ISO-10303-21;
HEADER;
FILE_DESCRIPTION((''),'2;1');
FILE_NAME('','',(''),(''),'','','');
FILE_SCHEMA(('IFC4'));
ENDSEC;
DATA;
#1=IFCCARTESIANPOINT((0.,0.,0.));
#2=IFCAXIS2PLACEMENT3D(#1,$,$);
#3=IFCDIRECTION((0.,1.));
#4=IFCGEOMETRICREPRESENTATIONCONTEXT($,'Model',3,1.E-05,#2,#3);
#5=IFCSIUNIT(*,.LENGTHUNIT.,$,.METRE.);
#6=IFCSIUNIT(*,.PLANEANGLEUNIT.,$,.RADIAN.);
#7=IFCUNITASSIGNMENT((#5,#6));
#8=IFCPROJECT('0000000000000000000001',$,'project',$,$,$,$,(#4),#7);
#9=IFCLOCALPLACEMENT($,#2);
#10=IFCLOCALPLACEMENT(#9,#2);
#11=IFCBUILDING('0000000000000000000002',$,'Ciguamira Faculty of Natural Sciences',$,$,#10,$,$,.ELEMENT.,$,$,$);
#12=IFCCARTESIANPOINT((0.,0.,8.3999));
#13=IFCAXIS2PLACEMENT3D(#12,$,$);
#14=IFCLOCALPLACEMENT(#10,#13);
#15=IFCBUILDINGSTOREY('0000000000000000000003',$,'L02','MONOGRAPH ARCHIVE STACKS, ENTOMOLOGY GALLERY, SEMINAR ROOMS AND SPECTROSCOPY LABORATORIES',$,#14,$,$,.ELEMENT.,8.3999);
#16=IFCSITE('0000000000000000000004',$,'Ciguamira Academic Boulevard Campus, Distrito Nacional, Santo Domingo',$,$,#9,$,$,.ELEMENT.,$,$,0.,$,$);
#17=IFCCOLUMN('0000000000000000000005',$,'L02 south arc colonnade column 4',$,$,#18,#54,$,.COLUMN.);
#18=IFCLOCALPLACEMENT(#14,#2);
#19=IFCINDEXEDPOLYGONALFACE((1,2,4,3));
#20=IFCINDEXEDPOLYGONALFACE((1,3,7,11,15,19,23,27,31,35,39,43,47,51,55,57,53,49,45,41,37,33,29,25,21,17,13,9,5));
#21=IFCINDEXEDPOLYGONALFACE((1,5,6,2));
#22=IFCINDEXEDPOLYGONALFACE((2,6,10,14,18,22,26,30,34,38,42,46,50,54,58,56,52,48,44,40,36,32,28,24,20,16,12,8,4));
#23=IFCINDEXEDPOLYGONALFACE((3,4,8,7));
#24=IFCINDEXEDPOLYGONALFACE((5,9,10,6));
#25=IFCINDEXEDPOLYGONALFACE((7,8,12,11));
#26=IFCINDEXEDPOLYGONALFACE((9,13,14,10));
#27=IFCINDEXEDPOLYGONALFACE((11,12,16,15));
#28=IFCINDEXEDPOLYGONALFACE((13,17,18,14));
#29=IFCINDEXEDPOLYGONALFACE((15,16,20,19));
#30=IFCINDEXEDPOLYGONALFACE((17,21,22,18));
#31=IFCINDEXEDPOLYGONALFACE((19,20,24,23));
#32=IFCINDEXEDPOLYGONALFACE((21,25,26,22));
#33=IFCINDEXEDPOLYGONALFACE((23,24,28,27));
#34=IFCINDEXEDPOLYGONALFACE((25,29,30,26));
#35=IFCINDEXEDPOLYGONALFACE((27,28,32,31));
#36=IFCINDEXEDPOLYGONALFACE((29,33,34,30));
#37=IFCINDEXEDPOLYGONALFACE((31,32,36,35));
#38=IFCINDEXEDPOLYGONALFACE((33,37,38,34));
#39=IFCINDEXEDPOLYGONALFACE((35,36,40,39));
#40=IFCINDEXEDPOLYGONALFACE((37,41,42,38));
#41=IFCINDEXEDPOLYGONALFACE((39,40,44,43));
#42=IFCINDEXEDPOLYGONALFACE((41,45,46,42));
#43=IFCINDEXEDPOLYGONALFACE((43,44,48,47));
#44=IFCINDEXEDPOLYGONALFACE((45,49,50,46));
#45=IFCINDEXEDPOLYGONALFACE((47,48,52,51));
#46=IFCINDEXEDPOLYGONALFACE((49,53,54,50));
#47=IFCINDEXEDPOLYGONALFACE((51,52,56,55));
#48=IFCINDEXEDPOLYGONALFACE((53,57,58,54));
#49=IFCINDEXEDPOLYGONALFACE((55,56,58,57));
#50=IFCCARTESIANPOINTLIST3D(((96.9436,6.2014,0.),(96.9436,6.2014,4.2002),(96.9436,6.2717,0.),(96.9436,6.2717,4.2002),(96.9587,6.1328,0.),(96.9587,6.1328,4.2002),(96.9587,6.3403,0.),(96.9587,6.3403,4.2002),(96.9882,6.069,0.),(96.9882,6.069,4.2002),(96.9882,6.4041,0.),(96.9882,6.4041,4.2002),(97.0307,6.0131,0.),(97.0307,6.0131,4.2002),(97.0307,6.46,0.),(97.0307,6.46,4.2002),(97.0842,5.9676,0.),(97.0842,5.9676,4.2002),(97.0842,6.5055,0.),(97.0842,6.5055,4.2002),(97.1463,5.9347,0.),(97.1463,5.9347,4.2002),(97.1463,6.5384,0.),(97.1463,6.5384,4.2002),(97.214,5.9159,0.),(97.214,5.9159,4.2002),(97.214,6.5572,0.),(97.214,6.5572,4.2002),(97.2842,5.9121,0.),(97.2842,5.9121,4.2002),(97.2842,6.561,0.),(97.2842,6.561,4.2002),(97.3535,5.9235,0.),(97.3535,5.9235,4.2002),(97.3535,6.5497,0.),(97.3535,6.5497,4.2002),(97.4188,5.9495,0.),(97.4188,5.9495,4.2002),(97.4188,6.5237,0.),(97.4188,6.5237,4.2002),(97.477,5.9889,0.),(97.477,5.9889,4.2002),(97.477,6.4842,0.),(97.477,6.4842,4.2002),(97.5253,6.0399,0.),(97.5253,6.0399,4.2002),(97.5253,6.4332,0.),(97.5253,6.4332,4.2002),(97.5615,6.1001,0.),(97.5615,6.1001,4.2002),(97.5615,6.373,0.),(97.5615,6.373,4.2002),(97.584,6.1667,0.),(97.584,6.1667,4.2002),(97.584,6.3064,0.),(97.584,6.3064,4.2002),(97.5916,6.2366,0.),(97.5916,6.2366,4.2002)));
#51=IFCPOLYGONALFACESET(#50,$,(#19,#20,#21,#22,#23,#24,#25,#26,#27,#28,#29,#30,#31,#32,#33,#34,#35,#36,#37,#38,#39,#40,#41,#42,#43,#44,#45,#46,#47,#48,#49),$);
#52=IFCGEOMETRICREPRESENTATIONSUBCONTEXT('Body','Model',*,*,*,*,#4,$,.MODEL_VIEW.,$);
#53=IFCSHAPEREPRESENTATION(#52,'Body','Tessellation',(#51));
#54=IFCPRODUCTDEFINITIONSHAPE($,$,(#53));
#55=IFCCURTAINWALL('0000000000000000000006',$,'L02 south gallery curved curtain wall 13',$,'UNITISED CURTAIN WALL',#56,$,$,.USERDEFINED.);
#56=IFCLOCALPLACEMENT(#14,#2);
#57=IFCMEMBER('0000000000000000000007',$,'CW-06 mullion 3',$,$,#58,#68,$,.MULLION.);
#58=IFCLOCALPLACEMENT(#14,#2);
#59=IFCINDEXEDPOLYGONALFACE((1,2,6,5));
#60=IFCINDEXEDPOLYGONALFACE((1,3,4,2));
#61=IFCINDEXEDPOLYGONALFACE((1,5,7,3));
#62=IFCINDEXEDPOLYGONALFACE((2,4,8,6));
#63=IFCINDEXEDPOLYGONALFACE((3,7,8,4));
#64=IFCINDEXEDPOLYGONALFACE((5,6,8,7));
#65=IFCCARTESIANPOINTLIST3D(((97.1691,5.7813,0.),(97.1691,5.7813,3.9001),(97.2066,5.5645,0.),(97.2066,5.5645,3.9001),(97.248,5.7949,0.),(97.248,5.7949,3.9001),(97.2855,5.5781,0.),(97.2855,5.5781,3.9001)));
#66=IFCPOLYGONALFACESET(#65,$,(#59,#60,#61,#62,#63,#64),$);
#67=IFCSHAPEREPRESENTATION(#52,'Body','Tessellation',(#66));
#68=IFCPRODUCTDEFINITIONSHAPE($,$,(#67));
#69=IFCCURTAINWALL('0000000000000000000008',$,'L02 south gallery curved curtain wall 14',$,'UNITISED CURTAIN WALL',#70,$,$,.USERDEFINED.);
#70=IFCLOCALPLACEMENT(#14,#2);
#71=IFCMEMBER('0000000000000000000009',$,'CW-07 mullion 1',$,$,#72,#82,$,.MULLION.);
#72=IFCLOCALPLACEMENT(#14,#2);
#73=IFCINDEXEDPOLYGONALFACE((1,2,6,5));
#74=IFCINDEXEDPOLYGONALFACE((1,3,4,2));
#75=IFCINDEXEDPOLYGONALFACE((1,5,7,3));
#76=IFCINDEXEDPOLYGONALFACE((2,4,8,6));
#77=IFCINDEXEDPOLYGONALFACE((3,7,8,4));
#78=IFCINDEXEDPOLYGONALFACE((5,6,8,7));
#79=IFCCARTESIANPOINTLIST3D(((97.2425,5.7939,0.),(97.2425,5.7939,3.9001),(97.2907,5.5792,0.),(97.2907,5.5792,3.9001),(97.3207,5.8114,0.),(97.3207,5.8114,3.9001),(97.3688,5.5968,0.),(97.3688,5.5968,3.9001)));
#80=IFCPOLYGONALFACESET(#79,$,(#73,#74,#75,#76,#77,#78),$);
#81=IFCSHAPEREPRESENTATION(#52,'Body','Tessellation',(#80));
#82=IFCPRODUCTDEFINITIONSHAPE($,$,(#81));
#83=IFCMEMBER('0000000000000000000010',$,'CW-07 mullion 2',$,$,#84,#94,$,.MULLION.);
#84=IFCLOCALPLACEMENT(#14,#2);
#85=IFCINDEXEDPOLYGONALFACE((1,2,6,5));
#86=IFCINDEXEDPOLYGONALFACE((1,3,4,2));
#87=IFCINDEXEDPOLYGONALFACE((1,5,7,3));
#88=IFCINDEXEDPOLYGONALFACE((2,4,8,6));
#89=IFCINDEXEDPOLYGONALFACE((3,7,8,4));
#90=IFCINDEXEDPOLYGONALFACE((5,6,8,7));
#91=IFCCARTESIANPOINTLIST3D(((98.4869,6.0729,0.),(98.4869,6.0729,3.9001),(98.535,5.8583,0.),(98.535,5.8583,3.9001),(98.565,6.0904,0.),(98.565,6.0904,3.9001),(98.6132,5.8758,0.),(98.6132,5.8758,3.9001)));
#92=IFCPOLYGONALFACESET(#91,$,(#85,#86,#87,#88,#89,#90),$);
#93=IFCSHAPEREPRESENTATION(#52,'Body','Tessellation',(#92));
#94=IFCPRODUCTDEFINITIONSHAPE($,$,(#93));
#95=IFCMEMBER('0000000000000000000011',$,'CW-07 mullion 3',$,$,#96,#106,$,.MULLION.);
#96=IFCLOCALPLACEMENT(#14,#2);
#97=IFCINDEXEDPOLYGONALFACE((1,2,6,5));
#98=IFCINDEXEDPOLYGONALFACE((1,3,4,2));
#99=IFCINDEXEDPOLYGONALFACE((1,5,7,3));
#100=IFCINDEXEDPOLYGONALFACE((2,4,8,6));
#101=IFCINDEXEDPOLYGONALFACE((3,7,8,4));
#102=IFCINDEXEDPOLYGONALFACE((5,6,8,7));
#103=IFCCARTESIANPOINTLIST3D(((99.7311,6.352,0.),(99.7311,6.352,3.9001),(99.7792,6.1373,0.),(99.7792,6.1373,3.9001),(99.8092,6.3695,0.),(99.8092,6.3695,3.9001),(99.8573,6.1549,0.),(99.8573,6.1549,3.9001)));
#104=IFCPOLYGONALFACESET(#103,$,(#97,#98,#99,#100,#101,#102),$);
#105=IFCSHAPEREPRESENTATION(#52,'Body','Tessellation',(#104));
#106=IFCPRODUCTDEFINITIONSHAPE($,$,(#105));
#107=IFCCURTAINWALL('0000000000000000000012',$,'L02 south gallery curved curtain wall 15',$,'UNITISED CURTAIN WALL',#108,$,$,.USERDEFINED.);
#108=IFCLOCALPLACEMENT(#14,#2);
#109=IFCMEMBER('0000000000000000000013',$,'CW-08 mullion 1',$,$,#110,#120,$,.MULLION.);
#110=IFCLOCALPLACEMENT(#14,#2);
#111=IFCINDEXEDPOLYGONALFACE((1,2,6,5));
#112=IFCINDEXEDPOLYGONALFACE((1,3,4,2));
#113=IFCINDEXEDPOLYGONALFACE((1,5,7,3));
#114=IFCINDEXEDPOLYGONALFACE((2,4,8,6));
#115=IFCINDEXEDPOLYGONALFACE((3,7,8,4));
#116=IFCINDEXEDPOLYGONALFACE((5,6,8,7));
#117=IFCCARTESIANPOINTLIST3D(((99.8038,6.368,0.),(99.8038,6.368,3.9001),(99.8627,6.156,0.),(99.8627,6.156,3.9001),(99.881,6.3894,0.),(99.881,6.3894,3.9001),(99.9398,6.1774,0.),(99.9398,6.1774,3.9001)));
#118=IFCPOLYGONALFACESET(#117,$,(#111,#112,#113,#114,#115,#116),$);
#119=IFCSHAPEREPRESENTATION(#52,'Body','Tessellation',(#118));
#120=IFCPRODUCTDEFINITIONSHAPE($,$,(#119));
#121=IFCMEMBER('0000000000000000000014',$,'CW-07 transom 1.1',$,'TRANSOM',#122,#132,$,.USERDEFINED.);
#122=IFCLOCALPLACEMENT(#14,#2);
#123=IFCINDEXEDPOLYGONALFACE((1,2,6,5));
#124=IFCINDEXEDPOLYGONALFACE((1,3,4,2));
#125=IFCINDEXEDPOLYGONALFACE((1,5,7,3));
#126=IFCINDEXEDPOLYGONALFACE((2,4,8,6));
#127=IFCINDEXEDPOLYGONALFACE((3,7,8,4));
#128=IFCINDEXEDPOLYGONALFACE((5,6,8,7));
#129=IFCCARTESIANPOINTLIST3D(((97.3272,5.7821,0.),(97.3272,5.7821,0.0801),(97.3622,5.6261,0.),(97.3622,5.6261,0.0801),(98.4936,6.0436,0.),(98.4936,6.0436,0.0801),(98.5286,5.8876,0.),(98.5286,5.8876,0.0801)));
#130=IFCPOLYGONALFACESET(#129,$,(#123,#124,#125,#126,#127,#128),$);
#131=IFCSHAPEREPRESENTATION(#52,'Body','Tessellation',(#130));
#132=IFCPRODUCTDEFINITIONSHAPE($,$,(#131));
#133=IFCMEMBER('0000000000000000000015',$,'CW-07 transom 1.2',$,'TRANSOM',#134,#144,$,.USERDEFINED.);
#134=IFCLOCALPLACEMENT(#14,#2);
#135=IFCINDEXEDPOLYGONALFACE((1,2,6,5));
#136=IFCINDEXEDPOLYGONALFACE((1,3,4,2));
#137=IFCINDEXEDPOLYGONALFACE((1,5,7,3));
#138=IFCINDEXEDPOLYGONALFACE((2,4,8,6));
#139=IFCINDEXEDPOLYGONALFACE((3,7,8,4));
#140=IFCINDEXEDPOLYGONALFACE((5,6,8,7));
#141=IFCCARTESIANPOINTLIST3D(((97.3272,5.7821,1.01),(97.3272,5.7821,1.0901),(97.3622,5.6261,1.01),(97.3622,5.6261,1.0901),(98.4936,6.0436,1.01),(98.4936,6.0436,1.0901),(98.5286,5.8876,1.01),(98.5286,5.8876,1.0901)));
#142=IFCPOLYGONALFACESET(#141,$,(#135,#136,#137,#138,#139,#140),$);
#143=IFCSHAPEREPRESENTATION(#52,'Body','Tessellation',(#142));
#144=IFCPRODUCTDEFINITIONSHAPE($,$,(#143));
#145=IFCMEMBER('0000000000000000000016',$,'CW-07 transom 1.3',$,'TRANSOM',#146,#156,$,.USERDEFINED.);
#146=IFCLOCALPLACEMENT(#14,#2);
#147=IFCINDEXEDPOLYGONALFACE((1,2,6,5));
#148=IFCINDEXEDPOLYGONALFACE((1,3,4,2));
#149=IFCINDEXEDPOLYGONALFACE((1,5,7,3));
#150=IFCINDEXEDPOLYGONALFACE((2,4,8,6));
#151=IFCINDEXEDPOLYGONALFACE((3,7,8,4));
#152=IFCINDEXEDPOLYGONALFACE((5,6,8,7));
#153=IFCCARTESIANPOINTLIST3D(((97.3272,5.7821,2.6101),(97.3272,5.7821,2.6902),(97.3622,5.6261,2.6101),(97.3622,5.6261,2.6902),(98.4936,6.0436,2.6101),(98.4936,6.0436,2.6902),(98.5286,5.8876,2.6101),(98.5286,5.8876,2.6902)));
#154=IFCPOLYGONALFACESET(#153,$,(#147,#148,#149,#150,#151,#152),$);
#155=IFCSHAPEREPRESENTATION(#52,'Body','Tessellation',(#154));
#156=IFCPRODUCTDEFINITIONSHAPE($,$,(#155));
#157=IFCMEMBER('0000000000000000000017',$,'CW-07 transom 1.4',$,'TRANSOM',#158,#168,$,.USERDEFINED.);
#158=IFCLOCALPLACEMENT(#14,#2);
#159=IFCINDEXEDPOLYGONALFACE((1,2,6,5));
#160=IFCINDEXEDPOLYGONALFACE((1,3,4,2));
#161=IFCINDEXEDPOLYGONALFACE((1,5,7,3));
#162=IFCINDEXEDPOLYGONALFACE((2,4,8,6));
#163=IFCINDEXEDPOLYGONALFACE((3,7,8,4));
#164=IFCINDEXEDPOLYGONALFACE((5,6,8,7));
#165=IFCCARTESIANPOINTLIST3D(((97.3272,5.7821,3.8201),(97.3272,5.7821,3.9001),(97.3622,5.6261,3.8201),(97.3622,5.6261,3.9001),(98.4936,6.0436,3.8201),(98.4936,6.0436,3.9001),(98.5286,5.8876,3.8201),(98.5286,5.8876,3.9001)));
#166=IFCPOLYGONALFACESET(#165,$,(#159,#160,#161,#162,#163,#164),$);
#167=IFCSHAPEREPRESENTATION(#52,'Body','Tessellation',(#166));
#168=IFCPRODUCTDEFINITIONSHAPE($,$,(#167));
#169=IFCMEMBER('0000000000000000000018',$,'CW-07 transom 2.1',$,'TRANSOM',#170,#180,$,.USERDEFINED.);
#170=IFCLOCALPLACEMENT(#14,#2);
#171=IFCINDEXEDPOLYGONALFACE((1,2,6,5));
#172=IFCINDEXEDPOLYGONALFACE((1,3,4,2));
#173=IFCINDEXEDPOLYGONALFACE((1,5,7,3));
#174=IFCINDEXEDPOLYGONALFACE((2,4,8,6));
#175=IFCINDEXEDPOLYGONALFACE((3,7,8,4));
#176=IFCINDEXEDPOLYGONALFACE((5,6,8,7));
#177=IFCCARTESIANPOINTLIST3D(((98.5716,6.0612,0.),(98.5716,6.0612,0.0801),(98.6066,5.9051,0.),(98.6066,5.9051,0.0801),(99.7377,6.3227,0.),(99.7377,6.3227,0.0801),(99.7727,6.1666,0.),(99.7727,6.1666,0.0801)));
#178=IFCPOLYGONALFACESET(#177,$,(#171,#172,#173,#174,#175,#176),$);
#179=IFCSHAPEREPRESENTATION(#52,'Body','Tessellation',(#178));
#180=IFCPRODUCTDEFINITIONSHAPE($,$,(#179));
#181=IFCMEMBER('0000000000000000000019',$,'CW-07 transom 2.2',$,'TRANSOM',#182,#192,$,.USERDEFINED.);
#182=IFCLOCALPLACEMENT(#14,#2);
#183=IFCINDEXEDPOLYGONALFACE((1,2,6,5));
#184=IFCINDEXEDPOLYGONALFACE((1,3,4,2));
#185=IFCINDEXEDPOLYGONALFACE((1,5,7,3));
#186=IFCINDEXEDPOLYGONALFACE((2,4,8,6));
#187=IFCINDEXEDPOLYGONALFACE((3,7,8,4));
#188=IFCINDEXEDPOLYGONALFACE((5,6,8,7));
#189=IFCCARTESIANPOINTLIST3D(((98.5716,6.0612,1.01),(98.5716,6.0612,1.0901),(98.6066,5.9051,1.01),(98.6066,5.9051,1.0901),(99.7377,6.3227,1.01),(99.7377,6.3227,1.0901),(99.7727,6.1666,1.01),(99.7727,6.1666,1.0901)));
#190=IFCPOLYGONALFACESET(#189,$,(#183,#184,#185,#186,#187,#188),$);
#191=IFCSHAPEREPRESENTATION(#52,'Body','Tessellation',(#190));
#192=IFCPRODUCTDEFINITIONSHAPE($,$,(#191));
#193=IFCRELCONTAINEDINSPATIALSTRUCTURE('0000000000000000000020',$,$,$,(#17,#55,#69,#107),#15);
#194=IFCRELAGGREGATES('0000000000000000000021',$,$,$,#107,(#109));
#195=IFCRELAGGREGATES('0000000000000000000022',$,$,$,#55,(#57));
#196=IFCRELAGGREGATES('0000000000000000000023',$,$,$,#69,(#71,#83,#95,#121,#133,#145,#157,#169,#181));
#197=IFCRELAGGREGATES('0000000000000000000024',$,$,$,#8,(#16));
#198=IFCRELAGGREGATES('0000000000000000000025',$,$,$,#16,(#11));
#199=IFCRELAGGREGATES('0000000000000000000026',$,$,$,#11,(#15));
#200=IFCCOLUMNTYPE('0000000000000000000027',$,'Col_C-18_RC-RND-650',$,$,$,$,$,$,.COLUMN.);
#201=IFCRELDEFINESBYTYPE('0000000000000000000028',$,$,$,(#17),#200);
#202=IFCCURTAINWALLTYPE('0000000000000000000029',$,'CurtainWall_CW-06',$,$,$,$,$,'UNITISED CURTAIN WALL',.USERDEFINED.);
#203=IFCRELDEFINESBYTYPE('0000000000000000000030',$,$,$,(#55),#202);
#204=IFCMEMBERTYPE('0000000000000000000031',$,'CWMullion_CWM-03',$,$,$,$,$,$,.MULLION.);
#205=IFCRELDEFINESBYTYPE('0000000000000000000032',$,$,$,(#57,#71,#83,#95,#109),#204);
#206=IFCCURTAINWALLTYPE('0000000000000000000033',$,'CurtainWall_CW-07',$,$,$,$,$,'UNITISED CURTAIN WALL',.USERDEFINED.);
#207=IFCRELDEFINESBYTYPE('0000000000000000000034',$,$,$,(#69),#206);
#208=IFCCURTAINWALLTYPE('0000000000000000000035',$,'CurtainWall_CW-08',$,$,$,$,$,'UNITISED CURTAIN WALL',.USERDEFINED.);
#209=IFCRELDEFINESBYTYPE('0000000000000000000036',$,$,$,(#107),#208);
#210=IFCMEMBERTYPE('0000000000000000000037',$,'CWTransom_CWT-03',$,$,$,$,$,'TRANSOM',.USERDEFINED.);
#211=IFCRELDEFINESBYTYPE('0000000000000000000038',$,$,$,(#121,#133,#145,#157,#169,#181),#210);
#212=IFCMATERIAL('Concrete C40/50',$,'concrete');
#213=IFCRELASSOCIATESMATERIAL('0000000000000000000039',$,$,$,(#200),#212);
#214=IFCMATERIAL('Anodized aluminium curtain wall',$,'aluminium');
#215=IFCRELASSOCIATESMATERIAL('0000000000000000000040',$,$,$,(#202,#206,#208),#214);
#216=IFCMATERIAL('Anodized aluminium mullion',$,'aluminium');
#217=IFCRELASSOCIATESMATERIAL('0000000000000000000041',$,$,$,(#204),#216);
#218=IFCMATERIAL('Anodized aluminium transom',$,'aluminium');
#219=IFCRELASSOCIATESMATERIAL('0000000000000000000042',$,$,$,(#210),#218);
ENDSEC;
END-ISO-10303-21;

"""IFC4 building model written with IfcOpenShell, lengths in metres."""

from ifc_helpers import new_model, si_unit, direction, frame, origin, origin_2d, place, context, subcontext, project, spatial, rectangle, circle, extrude, material, material_profile, profile_set, type_object, element, aggregate, save


model = new_model("IFC4")

# Units and contexts
model_context = context("Model", 3, precision=1e-05, world=origin(), true_north=direction((0.0, 1.0)))
body_context = subcontext(model_context, "Body", "Model", "MODEL_VIEW")
ifc_project = project(units=[si_unit("LENGTHUNIT", "METRE"), si_unit("PLANEANGLEUNIT", "RADIAN")], contexts=[model_context])

# Site, building, storey
site_placement = place(None, origin())
site = spatial("IfcSite", under=ifc_project, at=site_placement, Name="Ciguamira Academic Boulevard Campus, Distrito Nacional, Santo Domingo", CompositionType="ELEMENT", RefElevation=0.0)
building_placement = place(site_placement, origin())
building = spatial("IfcBuilding", under=site, at=building_placement, Name="Ciguamira Faculty of Natural Sciences", CompositionType="ELEMENT")
storey_placement = place(building_placement, frame((0.0, 0.0, 8.3999)))
storey = spatial("IfcBuildingStorey", under=building, at=storey_placement, Name="L02", Description="MONOGRAPH ARCHIVE STACKS, ENTOMOLOGY GALLERY, SEMINAR ROOMS AND SPECTROSCOPY LABORATORIES", CompositionType="ELEMENT", Elevation=8.3999)

# Column
ifc_material_1 = material(Name="Concrete C40/50", Category="concrete")
ifc_material_profile_1 = material_profile(ifc_material_1, circle(Radius=0.325, at=origin_2d()), Name="RC-RND-650")
ifc_profile_set_1 = profile_set([ifc_material_profile_1], Name="Concrete C40/50")
column_type = type_object("IfcColumnType", Name="Col_C-18_RC-RND-650", PredefinedType="COLUMN", material=ifc_profile_set_1)
column_placement = place(storey_placement, frame((97.2666, 6.2366, 0.0), z_axis=(0.0, 0.0, 1.0), x_axis=(1.0, 0.0, 0.0)))
element("IfcColumn", 1, at=column_placement, inside=storey, type_object=column_type, Name="L02 south arc colonnade column 4", PredefinedType="COLUMN", context=body_context, shape_type="SweptSolid", body=[
    extrude(circle(Radius=0.325, at=origin_2d()), origin(), (0.0, 0.0, 1.0), 4.2002),
])

# Curtain wall, member
ifc_material_2 = material(Name="Anodized aluminium curtain wall", Category="aluminium")
curtain_wall_type_1 = type_object("IfcCurtainWallType", Name="CurtainWall_CW-06", ElementType="UNITISED CURTAIN WALL", PredefinedType="USERDEFINED", material=ifc_material_2)
curtain_wall_1_placement = place(storey_placement, origin())
curtain_wall_1 = element("IfcCurtainWall", 2, at=curtain_wall_1_placement, inside=storey, type_object=curtain_wall_type_1, Name="L02 south gallery curved curtain wall 13", ObjectType="UNITISED CURTAIN WALL", PredefinedType="USERDEFINED")
ifc_material_3 = material(Name="Anodized aluminium mullion", Category="aluminium")
ifc_material_profile_2 = material_profile(ifc_material_3, rectangle(XDim=0.0801, YDim=0.22, at=origin_2d()), Name="ALU-MUL-80X220")
ifc_profile_set_2 = profile_set([ifc_material_profile_2], Name="Anodized aluminium mullion")
member_type_1 = type_object("IfcMemberType", Name="CWMullion_CWM-03", PredefinedType="MULLION", material=ifc_profile_set_2)
member_1_placement = place(storey_placement, frame((97.2273, 5.6797, 0.0), z_axis=(0.0, 0.0, 1.0), x_axis=(0.985411, 0.170192, 0.0)))
member_1 = element("IfcMember", 3, at=member_1_placement, type_object=member_type_1, Name="CW-06 mullion 3", PredefinedType="MULLION", context=body_context, shape_type="SweptSolid", body=[
    extrude(rectangle(XDim=0.0801, YDim=0.22, at=origin_2d()), origin(), (0.0, 0.0, 1.0), 3.9001),
])

# Curtain wall, members
curtain_wall_type_2 = type_object("IfcCurtainWallType", Name="CurtainWall_CW-07", ElementType="UNITISED CURTAIN WALL", PredefinedType="USERDEFINED", material=ifc_material_2)
curtain_wall_2_placement = place(storey_placement, origin())
curtain_wall_2 = element("IfcCurtainWall", 4, at=curtain_wall_2_placement, inside=storey, type_object=curtain_wall_type_2, Name="L02 south gallery curved curtain wall 14", ObjectType="UNITISED CURTAIN WALL", PredefinedType="USERDEFINED")
member_2_placement = place(storey_placement, frame((97.3057, 5.6953, 0.0), z_axis=(0.0, 0.0, 1.0), x_axis=(0.975763, 0.21883, 0.0)))
member_2 = element("IfcMember", 5, at=member_2_placement, type_object=member_type_1, Name="CW-07 mullion 1", PredefinedType="MULLION", context=body_context, shape_type="SweptSolid", body=[
    extrude(rectangle(XDim=0.0801, YDim=0.22, at=origin_2d()), origin(), (0.0, 0.0, 1.0), 3.9001),
])
member_3_placement = place(storey_placement, frame((98.55, 5.9744, 0.0), z_axis=(0.0, 0.0, 1.0), x_axis=(0.975763, 0.21883, 0.0)))
member_3 = element("IfcMember", 6, at=member_3_placement, type_object=member_type_1, Name="CW-07 mullion 2", PredefinedType="MULLION", context=body_context, shape_type="SweptSolid", body=[
    extrude(rectangle(XDim=0.0801, YDim=0.22, at=origin_2d()), origin(), (0.0, 0.0, 1.0), 3.9001),
])
member_4_placement = place(storey_placement, frame((99.7942, 6.2534, 0.0), z_axis=(0.0, 0.0, 1.0), x_axis=(0.975763, 0.21883, 0.0)))
member_4 = element("IfcMember", 7, at=member_4_placement, type_object=member_type_1, Name="CW-07 mullion 3", PredefinedType="MULLION", context=body_context, shape_type="SweptSolid", body=[
    extrude(rectangle(XDim=0.0801, YDim=0.22, at=origin_2d()), origin(), (0.0, 0.0, 1.0), 3.9001),
])

# Curtain wall, member
curtain_wall_type_3 = type_object("IfcCurtainWallType", Name="CurtainWall_CW-08", ElementType="UNITISED CURTAIN WALL", PredefinedType="USERDEFINED", material=ifc_material_2)
curtain_wall_3_placement = place(storey_placement, origin())
curtain_wall_3 = element("IfcCurtainWall", 8, at=curtain_wall_3_placement, inside=storey, type_object=curtain_wall_type_3, Name="L02 south gallery curved curtain wall 15", ObjectType="UNITISED CURTAIN WALL", PredefinedType="USERDEFINED")
member_5_placement = place(storey_placement, frame((99.8718, 6.2727, 0.0), z_axis=(0.0, 0.0, 1.0), x_axis=(0.963573, 0.267444, 0.0)))
member_5 = element("IfcMember", 9, at=member_5_placement, type_object=member_type_1, Name="CW-08 mullion 1", PredefinedType="MULLION", context=body_context, shape_type="SweptSolid", body=[
    extrude(rectangle(XDim=0.0801, YDim=0.22, at=origin_2d()), origin(), (0.0, 0.0, 1.0), 3.9001),
])
aggregate(curtain_wall_3, [member_5])

# Members
ifc_material_4 = material(Name="Anodized aluminium transom", Category="aluminium")
ifc_material_profile_3 = material_profile(ifc_material_4, rectangle(XDim=0.0801, YDim=0.1599, at=origin_2d()), Name="ALU-TRN-80X160")
ifc_profile_set_3 = profile_set([ifc_material_profile_3], Name="Anodized aluminium transom")
member_type_2 = type_object("IfcMemberType", Name="CWTransom_CWT-03", ElementType="TRANSOM", PredefinedType="USERDEFINED", material=ifc_profile_set_3)
member_6_placement = place(storey_placement, frame((97.3447, 5.7041, 0.04), z_axis=(0.975777, 0.218768, 0.0), x_axis=(0.0, 0.0, 1.0)))
member_6 = element("IfcMember", 10, at=member_6_placement, type_object=member_type_2, Name="CW-07 transom 1.1", ObjectType="TRANSOM", PredefinedType="USERDEFINED", context=body_context, shape_type="SweptSolid", body=[
    extrude(rectangle(XDim=0.0801, YDim=0.1599, at=origin_2d()), origin(), (0.0, 0.0, 1.0), 1.1953),
])
member_7_placement = place(storey_placement, frame((97.3447, 5.7041, 1.05), z_axis=(0.975777, 0.218768, 0.0), x_axis=(0.0, 0.0, 1.0)))
member_7 = element("IfcMember", 11, at=member_7_placement, type_object=member_type_2, Name="CW-07 transom 1.2", ObjectType="TRANSOM", PredefinedType="USERDEFINED", context=body_context, shape_type="SweptSolid", body=[
    extrude(rectangle(XDim=0.0801, YDim=0.1599, at=origin_2d()), origin(), (0.0, 0.0, 1.0), 1.1953),
])
member_8_placement = place(storey_placement, frame((97.3447, 5.7041, 2.6501), z_axis=(0.975777, 0.218768, 0.0), x_axis=(0.0, 0.0, 1.0)))
member_8 = element("IfcMember", 12, at=member_8_placement, type_object=member_type_2, Name="CW-07 transom 1.3", ObjectType="TRANSOM", PredefinedType="USERDEFINED", context=body_context, shape_type="SweptSolid", body=[
    extrude(rectangle(XDim=0.0801, YDim=0.1599, at=origin_2d()), origin(), (0.0, 0.0, 1.0), 1.1953),
])
member_9_placement = place(storey_placement, frame((97.3447, 5.7041, 3.8601), z_axis=(0.975777, 0.218768, 0.0), x_axis=(0.0, 0.0, 1.0)))
member_9 = element("IfcMember", 13, at=member_9_placement, type_object=member_type_2, Name="CW-07 transom 1.4", ObjectType="TRANSOM", PredefinedType="USERDEFINED", context=body_context, shape_type="SweptSolid", body=[
    extrude(rectangle(XDim=0.0801, YDim=0.1599, at=origin_2d()), origin(), (0.0, 0.0, 1.0), 1.1953),
])
member_10_placement = place(storey_placement, frame((98.5891, 5.9832, 0.04), z_axis=(0.975767, 0.218812, 0.0), x_axis=(0.0, 0.0, 1.0)))
member_10 = element("IfcMember", 14, at=member_10_placement, type_object=member_type_2, Name="CW-07 transom 2.1", ObjectType="TRANSOM", PredefinedType="USERDEFINED", context=body_context, shape_type="SweptSolid", body=[
    extrude(rectangle(XDim=0.0801, YDim=0.1599, at=origin_2d()), origin(), (0.0, 0.0, 1.0), 1.1951),
])
member_11_placement = place(storey_placement, frame((98.5891, 5.9832, 1.05), z_axis=(0.975767, 0.218812, 0.0), x_axis=(0.0, 0.0, 1.0)))
member_11 = element("IfcMember", 15, at=member_11_placement, type_object=member_type_2, Name="CW-07 transom 2.2", ObjectType="TRANSOM", PredefinedType="USERDEFINED", context=body_context, shape_type="SweptSolid", body=[
    extrude(rectangle(XDim=0.0801, YDim=0.1599, at=origin_2d()), origin(), (0.0, 0.0, 1.0), 1.1951),
])

aggregate(curtain_wall_1, [member_1])
aggregate(curtain_wall_2, [member_2, member_3, member_4, member_6, member_7, member_8, member_9, member_10, member_11])

save(model, "model.ifc")
